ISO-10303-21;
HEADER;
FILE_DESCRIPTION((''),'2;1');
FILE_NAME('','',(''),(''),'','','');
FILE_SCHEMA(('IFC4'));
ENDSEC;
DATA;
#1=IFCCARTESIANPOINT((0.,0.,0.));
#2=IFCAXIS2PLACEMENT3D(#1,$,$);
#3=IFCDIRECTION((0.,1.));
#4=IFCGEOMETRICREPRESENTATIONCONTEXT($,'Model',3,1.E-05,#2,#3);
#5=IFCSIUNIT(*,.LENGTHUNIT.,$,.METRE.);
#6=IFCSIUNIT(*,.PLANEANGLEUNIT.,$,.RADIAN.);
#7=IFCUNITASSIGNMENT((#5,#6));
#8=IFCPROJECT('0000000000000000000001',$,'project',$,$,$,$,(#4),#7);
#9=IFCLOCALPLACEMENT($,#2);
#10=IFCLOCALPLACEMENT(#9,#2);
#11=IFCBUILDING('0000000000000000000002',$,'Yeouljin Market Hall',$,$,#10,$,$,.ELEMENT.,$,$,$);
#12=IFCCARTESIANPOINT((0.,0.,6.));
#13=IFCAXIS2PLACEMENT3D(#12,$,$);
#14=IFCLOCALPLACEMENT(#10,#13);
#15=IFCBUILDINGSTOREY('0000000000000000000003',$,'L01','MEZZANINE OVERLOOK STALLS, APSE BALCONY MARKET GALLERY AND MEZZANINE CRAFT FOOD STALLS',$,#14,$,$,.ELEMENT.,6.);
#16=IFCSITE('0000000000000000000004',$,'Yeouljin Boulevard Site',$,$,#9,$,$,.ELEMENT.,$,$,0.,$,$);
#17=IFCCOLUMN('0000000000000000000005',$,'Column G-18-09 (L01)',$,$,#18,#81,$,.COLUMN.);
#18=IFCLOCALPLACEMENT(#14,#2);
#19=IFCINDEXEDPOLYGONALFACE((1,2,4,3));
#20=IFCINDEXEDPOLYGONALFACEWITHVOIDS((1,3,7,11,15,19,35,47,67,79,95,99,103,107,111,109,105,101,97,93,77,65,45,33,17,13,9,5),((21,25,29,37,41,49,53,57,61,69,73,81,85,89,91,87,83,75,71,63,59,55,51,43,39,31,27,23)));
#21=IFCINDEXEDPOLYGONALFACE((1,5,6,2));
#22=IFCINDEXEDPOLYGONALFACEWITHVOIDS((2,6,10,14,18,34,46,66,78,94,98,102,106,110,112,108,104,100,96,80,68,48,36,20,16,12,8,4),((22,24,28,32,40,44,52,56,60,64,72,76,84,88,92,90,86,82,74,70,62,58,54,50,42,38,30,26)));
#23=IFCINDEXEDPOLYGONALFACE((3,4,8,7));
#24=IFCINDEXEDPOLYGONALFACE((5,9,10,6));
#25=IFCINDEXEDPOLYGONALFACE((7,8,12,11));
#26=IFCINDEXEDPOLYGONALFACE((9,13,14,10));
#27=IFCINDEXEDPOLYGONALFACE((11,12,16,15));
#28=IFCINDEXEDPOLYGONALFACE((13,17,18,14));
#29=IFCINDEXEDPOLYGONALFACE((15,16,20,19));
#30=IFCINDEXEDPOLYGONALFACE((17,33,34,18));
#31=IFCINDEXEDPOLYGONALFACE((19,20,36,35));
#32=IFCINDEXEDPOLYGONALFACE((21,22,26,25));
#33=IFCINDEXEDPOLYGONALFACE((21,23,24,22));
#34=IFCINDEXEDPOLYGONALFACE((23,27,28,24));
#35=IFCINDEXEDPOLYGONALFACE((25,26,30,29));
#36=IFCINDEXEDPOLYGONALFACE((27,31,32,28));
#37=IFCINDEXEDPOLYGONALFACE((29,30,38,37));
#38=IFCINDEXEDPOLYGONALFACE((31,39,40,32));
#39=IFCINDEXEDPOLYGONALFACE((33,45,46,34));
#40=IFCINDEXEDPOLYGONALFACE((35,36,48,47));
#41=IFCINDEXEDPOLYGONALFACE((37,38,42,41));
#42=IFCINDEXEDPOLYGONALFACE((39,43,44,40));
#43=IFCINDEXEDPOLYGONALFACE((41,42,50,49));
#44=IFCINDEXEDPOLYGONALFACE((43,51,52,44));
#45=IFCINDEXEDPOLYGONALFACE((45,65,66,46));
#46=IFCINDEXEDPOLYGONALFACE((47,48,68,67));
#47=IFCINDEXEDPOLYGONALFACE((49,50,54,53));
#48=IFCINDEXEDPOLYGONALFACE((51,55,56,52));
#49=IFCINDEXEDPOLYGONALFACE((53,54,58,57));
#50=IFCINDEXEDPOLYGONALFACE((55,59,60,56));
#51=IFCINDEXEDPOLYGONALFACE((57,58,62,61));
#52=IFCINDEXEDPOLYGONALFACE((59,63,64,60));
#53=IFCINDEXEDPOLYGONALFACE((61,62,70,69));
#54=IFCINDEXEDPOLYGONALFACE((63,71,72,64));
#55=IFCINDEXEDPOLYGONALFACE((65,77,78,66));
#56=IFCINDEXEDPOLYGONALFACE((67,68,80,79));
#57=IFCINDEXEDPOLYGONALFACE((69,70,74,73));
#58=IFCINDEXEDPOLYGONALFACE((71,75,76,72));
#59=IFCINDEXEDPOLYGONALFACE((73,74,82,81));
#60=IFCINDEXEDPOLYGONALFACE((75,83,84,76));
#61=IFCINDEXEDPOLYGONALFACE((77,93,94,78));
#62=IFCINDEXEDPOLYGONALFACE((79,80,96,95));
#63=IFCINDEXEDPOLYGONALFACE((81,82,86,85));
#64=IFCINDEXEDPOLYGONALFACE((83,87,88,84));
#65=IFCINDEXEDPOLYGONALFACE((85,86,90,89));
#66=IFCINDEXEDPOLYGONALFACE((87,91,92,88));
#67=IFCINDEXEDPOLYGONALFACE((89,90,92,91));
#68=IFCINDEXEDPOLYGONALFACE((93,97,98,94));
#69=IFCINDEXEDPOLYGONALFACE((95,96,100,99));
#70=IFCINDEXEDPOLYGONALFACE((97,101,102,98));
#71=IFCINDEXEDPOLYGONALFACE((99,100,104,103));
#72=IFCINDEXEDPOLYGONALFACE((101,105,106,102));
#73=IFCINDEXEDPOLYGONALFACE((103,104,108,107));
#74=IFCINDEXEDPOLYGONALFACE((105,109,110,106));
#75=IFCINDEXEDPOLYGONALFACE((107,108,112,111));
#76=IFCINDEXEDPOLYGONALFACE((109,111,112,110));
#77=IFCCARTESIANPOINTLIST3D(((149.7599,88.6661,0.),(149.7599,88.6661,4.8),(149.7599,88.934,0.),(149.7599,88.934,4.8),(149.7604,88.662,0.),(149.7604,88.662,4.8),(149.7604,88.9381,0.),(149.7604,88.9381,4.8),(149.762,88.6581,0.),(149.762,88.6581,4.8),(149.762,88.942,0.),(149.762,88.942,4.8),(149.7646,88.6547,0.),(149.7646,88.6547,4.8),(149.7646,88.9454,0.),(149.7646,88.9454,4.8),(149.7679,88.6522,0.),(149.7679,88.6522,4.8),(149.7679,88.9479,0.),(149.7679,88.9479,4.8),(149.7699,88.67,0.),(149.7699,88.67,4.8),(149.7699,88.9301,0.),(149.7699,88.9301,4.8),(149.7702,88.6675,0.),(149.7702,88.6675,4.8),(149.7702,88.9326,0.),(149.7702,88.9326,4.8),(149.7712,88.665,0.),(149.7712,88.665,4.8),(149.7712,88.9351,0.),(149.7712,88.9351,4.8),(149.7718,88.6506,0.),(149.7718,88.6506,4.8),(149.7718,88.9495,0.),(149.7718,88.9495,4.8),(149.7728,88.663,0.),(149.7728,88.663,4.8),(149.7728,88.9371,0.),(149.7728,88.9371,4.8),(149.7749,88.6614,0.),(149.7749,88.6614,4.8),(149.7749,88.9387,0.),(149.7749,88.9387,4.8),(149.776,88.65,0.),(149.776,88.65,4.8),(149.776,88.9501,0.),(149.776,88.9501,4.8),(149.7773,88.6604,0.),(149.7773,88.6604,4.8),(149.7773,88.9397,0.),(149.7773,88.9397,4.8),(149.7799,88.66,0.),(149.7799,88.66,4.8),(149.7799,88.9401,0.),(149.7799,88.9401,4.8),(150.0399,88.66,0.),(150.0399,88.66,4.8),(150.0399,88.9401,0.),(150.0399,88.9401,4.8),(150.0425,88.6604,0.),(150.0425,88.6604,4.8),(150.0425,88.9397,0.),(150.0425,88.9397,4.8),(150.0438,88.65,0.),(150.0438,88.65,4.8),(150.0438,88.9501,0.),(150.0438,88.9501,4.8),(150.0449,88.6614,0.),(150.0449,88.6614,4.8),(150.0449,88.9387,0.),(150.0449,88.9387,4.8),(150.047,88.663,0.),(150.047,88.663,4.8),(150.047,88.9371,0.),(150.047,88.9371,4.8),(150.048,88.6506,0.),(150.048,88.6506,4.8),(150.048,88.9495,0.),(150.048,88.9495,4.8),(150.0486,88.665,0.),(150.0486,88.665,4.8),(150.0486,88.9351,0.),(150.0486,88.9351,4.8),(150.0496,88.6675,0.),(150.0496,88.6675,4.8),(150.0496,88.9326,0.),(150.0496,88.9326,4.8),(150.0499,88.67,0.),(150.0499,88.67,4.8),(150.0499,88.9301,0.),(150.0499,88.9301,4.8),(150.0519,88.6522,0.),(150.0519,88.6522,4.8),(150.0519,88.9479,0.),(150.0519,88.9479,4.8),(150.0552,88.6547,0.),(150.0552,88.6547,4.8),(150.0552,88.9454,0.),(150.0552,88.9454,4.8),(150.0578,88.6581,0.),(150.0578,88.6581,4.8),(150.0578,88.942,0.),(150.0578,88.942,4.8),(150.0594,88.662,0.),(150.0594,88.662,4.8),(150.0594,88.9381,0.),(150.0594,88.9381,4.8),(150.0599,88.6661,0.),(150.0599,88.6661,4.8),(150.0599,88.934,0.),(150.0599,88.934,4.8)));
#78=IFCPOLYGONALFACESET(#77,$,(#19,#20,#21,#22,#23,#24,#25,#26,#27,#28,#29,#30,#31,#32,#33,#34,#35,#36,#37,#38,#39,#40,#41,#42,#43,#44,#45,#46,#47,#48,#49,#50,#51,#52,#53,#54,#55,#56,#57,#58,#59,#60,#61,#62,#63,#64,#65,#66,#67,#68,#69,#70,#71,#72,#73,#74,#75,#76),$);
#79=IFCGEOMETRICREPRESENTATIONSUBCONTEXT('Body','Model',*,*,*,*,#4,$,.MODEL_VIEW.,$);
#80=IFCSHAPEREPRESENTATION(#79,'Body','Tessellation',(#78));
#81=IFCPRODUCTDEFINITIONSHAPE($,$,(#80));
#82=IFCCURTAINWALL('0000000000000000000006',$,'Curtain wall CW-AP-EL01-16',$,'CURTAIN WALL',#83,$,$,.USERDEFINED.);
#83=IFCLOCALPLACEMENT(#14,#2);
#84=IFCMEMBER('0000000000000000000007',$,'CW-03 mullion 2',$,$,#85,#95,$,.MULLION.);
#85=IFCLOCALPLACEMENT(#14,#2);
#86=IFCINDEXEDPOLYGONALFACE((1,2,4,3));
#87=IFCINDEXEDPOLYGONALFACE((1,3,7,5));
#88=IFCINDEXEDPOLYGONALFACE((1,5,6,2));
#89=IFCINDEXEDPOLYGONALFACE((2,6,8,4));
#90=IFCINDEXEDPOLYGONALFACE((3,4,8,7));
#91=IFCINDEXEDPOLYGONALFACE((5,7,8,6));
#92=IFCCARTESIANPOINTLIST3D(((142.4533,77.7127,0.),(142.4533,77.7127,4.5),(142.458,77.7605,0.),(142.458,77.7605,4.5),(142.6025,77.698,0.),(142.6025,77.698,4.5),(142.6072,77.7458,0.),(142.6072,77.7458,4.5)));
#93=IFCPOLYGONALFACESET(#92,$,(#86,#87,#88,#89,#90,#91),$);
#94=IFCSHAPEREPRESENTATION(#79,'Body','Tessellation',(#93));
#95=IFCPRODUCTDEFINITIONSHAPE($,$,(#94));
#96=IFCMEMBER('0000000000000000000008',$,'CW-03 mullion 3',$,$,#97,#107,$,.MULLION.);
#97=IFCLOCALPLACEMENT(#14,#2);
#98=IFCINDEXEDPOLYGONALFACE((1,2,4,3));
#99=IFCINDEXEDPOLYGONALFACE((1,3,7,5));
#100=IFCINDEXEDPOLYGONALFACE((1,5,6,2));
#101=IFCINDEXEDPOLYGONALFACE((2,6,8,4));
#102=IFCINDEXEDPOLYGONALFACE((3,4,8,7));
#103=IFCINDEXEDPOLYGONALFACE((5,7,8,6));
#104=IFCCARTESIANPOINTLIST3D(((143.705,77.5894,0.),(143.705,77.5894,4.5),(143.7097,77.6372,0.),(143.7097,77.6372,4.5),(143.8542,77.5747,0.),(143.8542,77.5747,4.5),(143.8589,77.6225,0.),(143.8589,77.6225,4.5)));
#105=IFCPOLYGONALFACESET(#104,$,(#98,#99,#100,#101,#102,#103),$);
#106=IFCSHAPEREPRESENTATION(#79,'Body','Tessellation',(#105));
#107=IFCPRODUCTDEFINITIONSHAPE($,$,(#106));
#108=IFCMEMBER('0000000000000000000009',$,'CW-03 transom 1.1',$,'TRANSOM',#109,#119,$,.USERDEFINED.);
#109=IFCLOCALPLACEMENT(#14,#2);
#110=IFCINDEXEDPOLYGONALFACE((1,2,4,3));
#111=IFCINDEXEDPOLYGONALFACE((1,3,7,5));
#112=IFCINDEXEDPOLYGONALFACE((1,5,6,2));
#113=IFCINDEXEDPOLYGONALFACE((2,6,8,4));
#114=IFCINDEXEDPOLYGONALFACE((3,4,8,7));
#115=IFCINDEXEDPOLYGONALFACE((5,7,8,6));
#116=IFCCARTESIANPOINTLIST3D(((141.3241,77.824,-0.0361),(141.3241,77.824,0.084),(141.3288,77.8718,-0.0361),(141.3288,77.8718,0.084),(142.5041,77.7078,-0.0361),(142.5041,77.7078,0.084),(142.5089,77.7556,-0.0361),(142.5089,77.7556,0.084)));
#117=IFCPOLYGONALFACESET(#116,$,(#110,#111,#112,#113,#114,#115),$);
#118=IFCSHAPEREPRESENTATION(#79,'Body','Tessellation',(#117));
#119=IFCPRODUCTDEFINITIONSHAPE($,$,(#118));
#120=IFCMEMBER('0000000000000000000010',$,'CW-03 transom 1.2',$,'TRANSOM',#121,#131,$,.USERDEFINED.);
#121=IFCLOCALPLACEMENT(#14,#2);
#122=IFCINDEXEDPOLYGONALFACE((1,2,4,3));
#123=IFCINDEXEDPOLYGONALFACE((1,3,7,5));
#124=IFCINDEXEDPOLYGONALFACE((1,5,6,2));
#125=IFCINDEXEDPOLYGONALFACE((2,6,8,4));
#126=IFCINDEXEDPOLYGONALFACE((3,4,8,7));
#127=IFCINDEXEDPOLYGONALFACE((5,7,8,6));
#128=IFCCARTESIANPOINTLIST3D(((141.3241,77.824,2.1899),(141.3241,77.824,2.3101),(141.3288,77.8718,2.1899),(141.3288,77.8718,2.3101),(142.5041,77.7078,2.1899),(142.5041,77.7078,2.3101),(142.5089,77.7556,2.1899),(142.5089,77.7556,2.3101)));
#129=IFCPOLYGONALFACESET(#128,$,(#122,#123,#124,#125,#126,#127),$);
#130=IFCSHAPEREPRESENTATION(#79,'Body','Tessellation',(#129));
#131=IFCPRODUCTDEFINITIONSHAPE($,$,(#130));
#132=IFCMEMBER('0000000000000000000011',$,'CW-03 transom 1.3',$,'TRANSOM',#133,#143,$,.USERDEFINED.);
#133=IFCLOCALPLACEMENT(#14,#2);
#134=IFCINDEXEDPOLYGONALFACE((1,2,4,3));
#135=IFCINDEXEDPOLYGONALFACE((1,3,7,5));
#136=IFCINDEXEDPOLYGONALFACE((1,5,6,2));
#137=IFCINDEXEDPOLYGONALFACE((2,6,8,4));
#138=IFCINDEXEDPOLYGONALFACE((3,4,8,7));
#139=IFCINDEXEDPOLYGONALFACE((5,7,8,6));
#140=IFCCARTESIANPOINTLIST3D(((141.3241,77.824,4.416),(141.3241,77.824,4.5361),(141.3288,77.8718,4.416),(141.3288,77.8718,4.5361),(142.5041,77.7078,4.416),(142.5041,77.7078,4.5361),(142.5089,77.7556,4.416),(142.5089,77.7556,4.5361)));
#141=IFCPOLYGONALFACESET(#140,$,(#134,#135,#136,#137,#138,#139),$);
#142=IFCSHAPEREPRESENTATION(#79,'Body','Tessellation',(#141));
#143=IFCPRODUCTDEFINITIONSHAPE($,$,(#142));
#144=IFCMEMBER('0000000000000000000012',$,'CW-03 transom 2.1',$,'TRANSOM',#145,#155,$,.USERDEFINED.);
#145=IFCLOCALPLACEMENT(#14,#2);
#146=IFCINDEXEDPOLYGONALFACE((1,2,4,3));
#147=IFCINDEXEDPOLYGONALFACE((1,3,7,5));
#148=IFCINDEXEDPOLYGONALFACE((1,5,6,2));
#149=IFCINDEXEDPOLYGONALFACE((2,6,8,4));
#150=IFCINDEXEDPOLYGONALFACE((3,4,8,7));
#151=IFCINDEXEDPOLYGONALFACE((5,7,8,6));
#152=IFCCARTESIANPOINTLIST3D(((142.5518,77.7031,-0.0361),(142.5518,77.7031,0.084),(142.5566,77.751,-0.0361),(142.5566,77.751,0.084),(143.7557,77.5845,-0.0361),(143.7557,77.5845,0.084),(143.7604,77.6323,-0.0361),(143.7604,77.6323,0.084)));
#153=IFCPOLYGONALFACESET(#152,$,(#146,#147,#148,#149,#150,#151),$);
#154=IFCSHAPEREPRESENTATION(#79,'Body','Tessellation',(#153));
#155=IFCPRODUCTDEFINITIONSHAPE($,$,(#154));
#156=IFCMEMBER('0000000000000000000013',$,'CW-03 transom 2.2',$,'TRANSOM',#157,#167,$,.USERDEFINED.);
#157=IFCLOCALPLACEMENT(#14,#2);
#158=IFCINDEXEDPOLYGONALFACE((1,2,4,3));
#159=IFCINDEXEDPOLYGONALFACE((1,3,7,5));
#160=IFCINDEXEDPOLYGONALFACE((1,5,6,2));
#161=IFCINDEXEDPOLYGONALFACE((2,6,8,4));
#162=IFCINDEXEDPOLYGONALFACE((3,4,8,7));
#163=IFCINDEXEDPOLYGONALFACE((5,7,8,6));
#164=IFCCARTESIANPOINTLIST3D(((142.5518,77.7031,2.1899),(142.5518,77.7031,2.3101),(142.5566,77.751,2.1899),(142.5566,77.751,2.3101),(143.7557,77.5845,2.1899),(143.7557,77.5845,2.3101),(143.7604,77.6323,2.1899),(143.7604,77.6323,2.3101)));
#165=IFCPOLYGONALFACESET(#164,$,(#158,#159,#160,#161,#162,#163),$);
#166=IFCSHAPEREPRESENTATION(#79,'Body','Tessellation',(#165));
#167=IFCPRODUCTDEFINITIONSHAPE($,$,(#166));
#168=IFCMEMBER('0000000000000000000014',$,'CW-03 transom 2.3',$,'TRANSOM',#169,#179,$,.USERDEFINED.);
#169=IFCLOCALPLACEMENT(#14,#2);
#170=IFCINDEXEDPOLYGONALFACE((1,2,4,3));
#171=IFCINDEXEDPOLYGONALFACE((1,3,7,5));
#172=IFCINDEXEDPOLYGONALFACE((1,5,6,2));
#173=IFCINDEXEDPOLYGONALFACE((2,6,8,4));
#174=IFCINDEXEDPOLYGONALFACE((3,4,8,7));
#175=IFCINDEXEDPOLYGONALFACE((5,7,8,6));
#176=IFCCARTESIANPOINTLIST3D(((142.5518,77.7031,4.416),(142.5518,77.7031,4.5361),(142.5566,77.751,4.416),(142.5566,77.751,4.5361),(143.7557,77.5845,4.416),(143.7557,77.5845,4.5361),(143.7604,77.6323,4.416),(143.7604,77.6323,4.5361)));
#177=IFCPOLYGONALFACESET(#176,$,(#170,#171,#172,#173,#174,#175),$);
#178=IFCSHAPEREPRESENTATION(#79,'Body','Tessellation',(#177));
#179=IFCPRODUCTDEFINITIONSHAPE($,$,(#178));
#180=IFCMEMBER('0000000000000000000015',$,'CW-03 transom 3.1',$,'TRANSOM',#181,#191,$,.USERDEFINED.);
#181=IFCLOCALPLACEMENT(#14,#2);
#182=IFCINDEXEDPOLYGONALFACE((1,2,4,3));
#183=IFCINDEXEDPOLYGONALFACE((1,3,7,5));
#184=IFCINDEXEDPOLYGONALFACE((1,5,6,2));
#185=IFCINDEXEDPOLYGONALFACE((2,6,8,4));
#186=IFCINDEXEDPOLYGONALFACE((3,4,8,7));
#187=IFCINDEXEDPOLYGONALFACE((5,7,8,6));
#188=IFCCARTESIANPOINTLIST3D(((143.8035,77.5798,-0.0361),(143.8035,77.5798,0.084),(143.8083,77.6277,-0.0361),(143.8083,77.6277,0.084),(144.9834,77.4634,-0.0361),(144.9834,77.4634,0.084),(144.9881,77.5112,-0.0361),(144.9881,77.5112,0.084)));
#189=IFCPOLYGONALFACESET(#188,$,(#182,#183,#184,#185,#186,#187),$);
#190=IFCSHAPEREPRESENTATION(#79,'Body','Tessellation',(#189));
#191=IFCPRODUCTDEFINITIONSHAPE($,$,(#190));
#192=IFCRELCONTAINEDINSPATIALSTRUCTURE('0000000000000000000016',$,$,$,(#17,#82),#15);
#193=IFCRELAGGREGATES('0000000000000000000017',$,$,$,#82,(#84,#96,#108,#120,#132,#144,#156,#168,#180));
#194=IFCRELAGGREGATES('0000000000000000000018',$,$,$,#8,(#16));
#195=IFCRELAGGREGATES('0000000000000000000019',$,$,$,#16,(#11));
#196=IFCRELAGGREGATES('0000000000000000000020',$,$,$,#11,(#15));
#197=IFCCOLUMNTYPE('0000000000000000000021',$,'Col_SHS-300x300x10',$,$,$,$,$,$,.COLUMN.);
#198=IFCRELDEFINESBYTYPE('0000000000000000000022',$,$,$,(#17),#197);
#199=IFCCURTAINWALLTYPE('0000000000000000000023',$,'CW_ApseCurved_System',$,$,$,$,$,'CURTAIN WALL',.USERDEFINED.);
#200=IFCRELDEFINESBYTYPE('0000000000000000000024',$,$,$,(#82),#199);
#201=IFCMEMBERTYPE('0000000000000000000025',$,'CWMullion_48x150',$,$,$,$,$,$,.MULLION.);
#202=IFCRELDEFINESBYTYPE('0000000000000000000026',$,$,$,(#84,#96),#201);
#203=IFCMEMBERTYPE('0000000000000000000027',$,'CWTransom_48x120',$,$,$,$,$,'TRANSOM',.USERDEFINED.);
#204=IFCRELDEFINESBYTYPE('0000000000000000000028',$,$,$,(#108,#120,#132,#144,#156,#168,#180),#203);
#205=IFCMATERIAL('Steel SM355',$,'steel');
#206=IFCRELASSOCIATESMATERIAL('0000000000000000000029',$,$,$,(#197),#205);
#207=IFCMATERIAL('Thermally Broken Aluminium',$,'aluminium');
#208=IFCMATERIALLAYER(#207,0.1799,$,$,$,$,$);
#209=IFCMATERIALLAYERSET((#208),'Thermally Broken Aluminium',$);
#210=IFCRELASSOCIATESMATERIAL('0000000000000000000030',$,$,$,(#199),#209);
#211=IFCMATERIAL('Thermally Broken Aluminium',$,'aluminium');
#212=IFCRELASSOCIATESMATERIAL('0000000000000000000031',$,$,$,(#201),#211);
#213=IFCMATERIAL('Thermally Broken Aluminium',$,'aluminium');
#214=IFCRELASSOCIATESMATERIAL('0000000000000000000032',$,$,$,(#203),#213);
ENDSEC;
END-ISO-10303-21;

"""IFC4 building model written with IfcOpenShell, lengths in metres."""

from ifc_helpers import new_model, si_unit, direction, frame, origin, origin_2d, place, context, subcontext, project, spatial, rectangle, hollow_rectangle, extrude, material, layer, layer_set, material_profile, profile_set, type_object, element, aggregate, save


model = new_model("IFC4")

# Units and contexts
model_context = context("Model", 3, precision=1e-05, world=origin(), true_north=direction((0.0, 1.0)))
body_context = subcontext(model_context, "Body", "Model", "MODEL_VIEW")
ifc_project = project(units=[si_unit("LENGTHUNIT", "METRE"), si_unit("PLANEANGLEUNIT", "RADIAN")], contexts=[model_context])

# Site, building, storey
site_placement = place(None, origin())
site = spatial("IfcSite", under=ifc_project, at=site_placement, Name="Yeouljin Boulevard Site", CompositionType="ELEMENT", RefElevation=0.0)
building_placement = place(site_placement, origin())
building = spatial("IfcBuilding", under=site, at=building_placement, Name="Yeouljin Market Hall", CompositionType="ELEMENT")
storey_placement = place(building_placement, frame((0.0, 0.0, 6.0)))
storey = spatial("IfcBuildingStorey", under=building, at=storey_placement, Name="L01", Description="MEZZANINE OVERLOOK STALLS, APSE BALCONY MARKET GALLERY AND MEZZANINE CRAFT FOOD STALLS", CompositionType="ELEMENT", Elevation=6.0)

# Column
ifc_material_1 = material(Name="Steel SM355", Category="steel")
ifc_material_profile_1 = material_profile(ifc_material_1, hollow_rectangle(XDim=0.3, YDim=0.3, WallThickness=0.01, InnerFilletRadius=0.01, OuterFilletRadius=0.0161, at=origin_2d()), Name="SHS-300x300x10")
ifc_profile_set_1 = profile_set([ifc_material_profile_1], Name="Steel SM355")
column_type = type_object("IfcColumnType", Name="Col_SHS-300x300x10", PredefinedType="COLUMN", material=ifc_profile_set_1)
column_placement = place(storey_placement, frame((149.9099, 88.8, 0.0), z_axis=(0.0, 0.0, 1.0), x_axis=(1.0, 0.0, 0.0)))
element("IfcColumn", 1, at=column_placement, inside=storey, type_object=column_type, Name="Column G-18-09 (L01)", PredefinedType="COLUMN", context=body_context, shape_type="SweptSolid", body=[
    extrude(hollow_rectangle(XDim=0.3, YDim=0.3, WallThickness=0.01, InnerFilletRadius=0.01, OuterFilletRadius=0.0161, at=origin_2d()), origin(), (0.0, 0.0, 1.0), 4.8),
])

# Curtain wall, members
ifc_material_2 = material(Name="Thermally Broken Aluminium", Category="aluminium")
ifc_layer_1 = layer(ifc_material_2, 0.1799)
ifc_layer_set_1 = layer_set([ifc_layer_1], Name="Thermally Broken Aluminium")
curtain_wall_type = type_object("IfcCurtainWallType", Name="CW_ApseCurved_System", ElementType="CURTAIN WALL", PredefinedType="USERDEFINED", material=ifc_layer_set_1)
curtain_wall_placement = place(storey_placement, origin())
curtain_wall = element("IfcCurtainWall", 2, at=curtain_wall_placement, inside=storey, type_object=curtain_wall_type, Name="Curtain wall CW-AP-EL01-16", ObjectType="CURTAIN WALL", PredefinedType="USERDEFINED")
ifc_material_3 = material(Name="Thermally Broken Aluminium", Category="aluminium")
ifc_material_profile_2 = material_profile(ifc_material_3, rectangle(XDim=0.0481, YDim=0.1499, at=origin_2d()), Name="CW-MULL-48x150")
ifc_profile_set_2 = profile_set([ifc_material_profile_2], Name="Thermally Broken Aluminium")
member_type_1 = type_object("IfcMemberType", Name="CWMullion_48x150", PredefinedType="MULLION", material=ifc_profile_set_2)
member_1_placement = place(storey_placement, frame((142.5303, 77.7292, 0.0), z_axis=(0.0, 0.0, 1.0), x_axis=(0.098034, 0.995183, 0.0)))
member_1 = element("IfcMember", 3, at=member_1_placement, type_object=member_type_1, Name="CW-03 mullion 2", PredefinedType="MULLION", context=body_context, shape_type="SweptSolid", body=[
    extrude(rectangle(XDim=0.0481, YDim=0.1499, at=origin_2d()), origin(), (0.0, 0.0, 1.0), 4.5),
])
member_2_placement = place(storey_placement, frame((143.782, 77.606, 0.0), z_axis=(0.0, 0.0, 1.0), x_axis=(0.098034, 0.995183, 0.0)))
member_2 = element("IfcMember", 4, at=member_2_placement, type_object=member_type_1, Name="CW-03 mullion 3", PredefinedType="MULLION", context=body_context, shape_type="SweptSolid", body=[
    extrude(rectangle(XDim=0.0481, YDim=0.1499, at=origin_2d()), origin(), (0.0, 0.0, 1.0), 4.5),
])
ifc_material_4 = material(Name="Thermally Broken Aluminium", Category="aluminium")
ifc_material_profile_3 = material_profile(ifc_material_4, rectangle(XDim=0.0481, YDim=0.1201, at=origin_2d()), Name="CW-TRAN-48x120")
ifc_profile_set_3 = profile_set([ifc_material_profile_3], Name="Thermally Broken Aluminium")
member_type_2 = type_object("IfcMemberType", Name="CWTransom_48x120", ElementType="TRANSOM", PredefinedType="USERDEFINED", material=ifc_profile_set_3)
member_3_placement = place(storey_placement, frame((141.3264, 77.8479, 0.0239), z_axis=(0.995187, -0.097995, 0.0), x_axis=(0.097995, 0.995187, 0.0)))
member_3 = element("IfcMember", 5, at=member_3_placement, type_object=member_type_2, Name="CW-03 transom 1.1", ObjectType="TRANSOM", PredefinedType="USERDEFINED", context=body_context, shape_type="SweptSolid", body=[
    extrude(rectangle(XDim=0.0481, YDim=0.1201, at=origin_2d()), origin(), (0.0, 0.0, 1.0), 1.1858),
])
member_4_placement = place(storey_placement, frame((141.3264, 77.8479, 2.25), z_axis=(0.995187, -0.097995, 0.0), x_axis=(0.097995, 0.995187, 0.0)))
member_4 = element("IfcMember", 6, at=member_4_placement, type_object=member_type_2, Name="CW-03 transom 1.2", ObjectType="TRANSOM", PredefinedType="USERDEFINED", context=body_context, shape_type="SweptSolid", body=[
    extrude(rectangle(XDim=0.0481, YDim=0.1201, at=origin_2d()), origin(), (0.0, 0.0, 1.0), 1.1858),
])
member_5_placement = place(storey_placement, frame((141.3264, 77.8479, 4.4761), z_axis=(0.995187, -0.097995, 0.0), x_axis=(0.097995, 0.995187, 0.0)))
member_5 = element("IfcMember", 7, at=member_5_placement, type_object=member_type_2, Name="CW-03 transom 1.3", ObjectType="TRANSOM", PredefinedType="USERDEFINED", context=body_context, shape_type="SweptSolid", body=[
    extrude(rectangle(XDim=0.0481, YDim=0.1201, at=origin_2d()), origin(), (0.0, 0.0, 1.0), 1.1858),
])
member_6_placement = place(storey_placement, frame((142.5542, 77.7271, 0.0239), z_axis=(0.995178, -0.098085, 0.0), x_axis=(0.098085, 0.995178, 0.0)))
member_6 = element("IfcMember", 8, at=member_6_placement, type_object=member_type_2, Name="CW-03 transom 2.1", ObjectType="TRANSOM", PredefinedType="USERDEFINED", context=body_context, shape_type="SweptSolid", body=[
    extrude(rectangle(XDim=0.0481, YDim=0.1201, at=origin_2d()), origin(), (0.0, 0.0, 1.0), 1.2097),
])
member_7_placement = place(storey_placement, frame((142.5542, 77.7271, 2.25), z_axis=(0.995178, -0.098085, 0.0), x_axis=(0.098085, 0.995178, 0.0)))
member_7 = element("IfcMember", 9, at=member_7_placement, type_object=member_type_2, Name="CW-03 transom 2.2", ObjectType="TRANSOM", PredefinedType="USERDEFINED", context=body_context, shape_type="SweptSolid", body=[
    extrude(rectangle(XDim=0.0481, YDim=0.1201, at=origin_2d()), origin(), (0.0, 0.0, 1.0), 1.2097),
])
member_8_placement = place(storey_placement, frame((142.5542, 77.7271, 4.4761), z_axis=(0.995178, -0.098085, 0.0), x_axis=(0.098085, 0.995178, 0.0)))
member_8 = element("IfcMember", 10, at=member_8_placement, type_object=member_type_2, Name="CW-03 transom 2.3", ObjectType="TRANSOM", PredefinedType="USERDEFINED", context=body_context, shape_type="SweptSolid", body=[
    extrude(rectangle(XDim=0.0481, YDim=0.1201, at=origin_2d()), origin(), (0.0, 0.0, 1.0), 1.2097),
])
member_9_placement = place(storey_placement, frame((143.8059, 77.6038, 0.0239), z_axis=(0.995165, -0.098219, 0.0), x_axis=(0.098219, 0.995165, 0.0)))
member_9 = element("IfcMember", 11, at=member_9_placement, type_object=member_type_2, Name="CW-03 transom 3.1", ObjectType="TRANSOM", PredefinedType="USERDEFINED", context=body_context, shape_type="SweptSolid", body=[
    extrude(rectangle(XDim=0.0481, YDim=0.1201, at=origin_2d()), origin(), (0.0, 0.0, 1.0), 1.1855),
])

aggregate(curtain_wall, [member_1, member_2, member_3, member_4, member_5, member_6, member_7, member_8, member_9])

save(model, "model.ifc")
